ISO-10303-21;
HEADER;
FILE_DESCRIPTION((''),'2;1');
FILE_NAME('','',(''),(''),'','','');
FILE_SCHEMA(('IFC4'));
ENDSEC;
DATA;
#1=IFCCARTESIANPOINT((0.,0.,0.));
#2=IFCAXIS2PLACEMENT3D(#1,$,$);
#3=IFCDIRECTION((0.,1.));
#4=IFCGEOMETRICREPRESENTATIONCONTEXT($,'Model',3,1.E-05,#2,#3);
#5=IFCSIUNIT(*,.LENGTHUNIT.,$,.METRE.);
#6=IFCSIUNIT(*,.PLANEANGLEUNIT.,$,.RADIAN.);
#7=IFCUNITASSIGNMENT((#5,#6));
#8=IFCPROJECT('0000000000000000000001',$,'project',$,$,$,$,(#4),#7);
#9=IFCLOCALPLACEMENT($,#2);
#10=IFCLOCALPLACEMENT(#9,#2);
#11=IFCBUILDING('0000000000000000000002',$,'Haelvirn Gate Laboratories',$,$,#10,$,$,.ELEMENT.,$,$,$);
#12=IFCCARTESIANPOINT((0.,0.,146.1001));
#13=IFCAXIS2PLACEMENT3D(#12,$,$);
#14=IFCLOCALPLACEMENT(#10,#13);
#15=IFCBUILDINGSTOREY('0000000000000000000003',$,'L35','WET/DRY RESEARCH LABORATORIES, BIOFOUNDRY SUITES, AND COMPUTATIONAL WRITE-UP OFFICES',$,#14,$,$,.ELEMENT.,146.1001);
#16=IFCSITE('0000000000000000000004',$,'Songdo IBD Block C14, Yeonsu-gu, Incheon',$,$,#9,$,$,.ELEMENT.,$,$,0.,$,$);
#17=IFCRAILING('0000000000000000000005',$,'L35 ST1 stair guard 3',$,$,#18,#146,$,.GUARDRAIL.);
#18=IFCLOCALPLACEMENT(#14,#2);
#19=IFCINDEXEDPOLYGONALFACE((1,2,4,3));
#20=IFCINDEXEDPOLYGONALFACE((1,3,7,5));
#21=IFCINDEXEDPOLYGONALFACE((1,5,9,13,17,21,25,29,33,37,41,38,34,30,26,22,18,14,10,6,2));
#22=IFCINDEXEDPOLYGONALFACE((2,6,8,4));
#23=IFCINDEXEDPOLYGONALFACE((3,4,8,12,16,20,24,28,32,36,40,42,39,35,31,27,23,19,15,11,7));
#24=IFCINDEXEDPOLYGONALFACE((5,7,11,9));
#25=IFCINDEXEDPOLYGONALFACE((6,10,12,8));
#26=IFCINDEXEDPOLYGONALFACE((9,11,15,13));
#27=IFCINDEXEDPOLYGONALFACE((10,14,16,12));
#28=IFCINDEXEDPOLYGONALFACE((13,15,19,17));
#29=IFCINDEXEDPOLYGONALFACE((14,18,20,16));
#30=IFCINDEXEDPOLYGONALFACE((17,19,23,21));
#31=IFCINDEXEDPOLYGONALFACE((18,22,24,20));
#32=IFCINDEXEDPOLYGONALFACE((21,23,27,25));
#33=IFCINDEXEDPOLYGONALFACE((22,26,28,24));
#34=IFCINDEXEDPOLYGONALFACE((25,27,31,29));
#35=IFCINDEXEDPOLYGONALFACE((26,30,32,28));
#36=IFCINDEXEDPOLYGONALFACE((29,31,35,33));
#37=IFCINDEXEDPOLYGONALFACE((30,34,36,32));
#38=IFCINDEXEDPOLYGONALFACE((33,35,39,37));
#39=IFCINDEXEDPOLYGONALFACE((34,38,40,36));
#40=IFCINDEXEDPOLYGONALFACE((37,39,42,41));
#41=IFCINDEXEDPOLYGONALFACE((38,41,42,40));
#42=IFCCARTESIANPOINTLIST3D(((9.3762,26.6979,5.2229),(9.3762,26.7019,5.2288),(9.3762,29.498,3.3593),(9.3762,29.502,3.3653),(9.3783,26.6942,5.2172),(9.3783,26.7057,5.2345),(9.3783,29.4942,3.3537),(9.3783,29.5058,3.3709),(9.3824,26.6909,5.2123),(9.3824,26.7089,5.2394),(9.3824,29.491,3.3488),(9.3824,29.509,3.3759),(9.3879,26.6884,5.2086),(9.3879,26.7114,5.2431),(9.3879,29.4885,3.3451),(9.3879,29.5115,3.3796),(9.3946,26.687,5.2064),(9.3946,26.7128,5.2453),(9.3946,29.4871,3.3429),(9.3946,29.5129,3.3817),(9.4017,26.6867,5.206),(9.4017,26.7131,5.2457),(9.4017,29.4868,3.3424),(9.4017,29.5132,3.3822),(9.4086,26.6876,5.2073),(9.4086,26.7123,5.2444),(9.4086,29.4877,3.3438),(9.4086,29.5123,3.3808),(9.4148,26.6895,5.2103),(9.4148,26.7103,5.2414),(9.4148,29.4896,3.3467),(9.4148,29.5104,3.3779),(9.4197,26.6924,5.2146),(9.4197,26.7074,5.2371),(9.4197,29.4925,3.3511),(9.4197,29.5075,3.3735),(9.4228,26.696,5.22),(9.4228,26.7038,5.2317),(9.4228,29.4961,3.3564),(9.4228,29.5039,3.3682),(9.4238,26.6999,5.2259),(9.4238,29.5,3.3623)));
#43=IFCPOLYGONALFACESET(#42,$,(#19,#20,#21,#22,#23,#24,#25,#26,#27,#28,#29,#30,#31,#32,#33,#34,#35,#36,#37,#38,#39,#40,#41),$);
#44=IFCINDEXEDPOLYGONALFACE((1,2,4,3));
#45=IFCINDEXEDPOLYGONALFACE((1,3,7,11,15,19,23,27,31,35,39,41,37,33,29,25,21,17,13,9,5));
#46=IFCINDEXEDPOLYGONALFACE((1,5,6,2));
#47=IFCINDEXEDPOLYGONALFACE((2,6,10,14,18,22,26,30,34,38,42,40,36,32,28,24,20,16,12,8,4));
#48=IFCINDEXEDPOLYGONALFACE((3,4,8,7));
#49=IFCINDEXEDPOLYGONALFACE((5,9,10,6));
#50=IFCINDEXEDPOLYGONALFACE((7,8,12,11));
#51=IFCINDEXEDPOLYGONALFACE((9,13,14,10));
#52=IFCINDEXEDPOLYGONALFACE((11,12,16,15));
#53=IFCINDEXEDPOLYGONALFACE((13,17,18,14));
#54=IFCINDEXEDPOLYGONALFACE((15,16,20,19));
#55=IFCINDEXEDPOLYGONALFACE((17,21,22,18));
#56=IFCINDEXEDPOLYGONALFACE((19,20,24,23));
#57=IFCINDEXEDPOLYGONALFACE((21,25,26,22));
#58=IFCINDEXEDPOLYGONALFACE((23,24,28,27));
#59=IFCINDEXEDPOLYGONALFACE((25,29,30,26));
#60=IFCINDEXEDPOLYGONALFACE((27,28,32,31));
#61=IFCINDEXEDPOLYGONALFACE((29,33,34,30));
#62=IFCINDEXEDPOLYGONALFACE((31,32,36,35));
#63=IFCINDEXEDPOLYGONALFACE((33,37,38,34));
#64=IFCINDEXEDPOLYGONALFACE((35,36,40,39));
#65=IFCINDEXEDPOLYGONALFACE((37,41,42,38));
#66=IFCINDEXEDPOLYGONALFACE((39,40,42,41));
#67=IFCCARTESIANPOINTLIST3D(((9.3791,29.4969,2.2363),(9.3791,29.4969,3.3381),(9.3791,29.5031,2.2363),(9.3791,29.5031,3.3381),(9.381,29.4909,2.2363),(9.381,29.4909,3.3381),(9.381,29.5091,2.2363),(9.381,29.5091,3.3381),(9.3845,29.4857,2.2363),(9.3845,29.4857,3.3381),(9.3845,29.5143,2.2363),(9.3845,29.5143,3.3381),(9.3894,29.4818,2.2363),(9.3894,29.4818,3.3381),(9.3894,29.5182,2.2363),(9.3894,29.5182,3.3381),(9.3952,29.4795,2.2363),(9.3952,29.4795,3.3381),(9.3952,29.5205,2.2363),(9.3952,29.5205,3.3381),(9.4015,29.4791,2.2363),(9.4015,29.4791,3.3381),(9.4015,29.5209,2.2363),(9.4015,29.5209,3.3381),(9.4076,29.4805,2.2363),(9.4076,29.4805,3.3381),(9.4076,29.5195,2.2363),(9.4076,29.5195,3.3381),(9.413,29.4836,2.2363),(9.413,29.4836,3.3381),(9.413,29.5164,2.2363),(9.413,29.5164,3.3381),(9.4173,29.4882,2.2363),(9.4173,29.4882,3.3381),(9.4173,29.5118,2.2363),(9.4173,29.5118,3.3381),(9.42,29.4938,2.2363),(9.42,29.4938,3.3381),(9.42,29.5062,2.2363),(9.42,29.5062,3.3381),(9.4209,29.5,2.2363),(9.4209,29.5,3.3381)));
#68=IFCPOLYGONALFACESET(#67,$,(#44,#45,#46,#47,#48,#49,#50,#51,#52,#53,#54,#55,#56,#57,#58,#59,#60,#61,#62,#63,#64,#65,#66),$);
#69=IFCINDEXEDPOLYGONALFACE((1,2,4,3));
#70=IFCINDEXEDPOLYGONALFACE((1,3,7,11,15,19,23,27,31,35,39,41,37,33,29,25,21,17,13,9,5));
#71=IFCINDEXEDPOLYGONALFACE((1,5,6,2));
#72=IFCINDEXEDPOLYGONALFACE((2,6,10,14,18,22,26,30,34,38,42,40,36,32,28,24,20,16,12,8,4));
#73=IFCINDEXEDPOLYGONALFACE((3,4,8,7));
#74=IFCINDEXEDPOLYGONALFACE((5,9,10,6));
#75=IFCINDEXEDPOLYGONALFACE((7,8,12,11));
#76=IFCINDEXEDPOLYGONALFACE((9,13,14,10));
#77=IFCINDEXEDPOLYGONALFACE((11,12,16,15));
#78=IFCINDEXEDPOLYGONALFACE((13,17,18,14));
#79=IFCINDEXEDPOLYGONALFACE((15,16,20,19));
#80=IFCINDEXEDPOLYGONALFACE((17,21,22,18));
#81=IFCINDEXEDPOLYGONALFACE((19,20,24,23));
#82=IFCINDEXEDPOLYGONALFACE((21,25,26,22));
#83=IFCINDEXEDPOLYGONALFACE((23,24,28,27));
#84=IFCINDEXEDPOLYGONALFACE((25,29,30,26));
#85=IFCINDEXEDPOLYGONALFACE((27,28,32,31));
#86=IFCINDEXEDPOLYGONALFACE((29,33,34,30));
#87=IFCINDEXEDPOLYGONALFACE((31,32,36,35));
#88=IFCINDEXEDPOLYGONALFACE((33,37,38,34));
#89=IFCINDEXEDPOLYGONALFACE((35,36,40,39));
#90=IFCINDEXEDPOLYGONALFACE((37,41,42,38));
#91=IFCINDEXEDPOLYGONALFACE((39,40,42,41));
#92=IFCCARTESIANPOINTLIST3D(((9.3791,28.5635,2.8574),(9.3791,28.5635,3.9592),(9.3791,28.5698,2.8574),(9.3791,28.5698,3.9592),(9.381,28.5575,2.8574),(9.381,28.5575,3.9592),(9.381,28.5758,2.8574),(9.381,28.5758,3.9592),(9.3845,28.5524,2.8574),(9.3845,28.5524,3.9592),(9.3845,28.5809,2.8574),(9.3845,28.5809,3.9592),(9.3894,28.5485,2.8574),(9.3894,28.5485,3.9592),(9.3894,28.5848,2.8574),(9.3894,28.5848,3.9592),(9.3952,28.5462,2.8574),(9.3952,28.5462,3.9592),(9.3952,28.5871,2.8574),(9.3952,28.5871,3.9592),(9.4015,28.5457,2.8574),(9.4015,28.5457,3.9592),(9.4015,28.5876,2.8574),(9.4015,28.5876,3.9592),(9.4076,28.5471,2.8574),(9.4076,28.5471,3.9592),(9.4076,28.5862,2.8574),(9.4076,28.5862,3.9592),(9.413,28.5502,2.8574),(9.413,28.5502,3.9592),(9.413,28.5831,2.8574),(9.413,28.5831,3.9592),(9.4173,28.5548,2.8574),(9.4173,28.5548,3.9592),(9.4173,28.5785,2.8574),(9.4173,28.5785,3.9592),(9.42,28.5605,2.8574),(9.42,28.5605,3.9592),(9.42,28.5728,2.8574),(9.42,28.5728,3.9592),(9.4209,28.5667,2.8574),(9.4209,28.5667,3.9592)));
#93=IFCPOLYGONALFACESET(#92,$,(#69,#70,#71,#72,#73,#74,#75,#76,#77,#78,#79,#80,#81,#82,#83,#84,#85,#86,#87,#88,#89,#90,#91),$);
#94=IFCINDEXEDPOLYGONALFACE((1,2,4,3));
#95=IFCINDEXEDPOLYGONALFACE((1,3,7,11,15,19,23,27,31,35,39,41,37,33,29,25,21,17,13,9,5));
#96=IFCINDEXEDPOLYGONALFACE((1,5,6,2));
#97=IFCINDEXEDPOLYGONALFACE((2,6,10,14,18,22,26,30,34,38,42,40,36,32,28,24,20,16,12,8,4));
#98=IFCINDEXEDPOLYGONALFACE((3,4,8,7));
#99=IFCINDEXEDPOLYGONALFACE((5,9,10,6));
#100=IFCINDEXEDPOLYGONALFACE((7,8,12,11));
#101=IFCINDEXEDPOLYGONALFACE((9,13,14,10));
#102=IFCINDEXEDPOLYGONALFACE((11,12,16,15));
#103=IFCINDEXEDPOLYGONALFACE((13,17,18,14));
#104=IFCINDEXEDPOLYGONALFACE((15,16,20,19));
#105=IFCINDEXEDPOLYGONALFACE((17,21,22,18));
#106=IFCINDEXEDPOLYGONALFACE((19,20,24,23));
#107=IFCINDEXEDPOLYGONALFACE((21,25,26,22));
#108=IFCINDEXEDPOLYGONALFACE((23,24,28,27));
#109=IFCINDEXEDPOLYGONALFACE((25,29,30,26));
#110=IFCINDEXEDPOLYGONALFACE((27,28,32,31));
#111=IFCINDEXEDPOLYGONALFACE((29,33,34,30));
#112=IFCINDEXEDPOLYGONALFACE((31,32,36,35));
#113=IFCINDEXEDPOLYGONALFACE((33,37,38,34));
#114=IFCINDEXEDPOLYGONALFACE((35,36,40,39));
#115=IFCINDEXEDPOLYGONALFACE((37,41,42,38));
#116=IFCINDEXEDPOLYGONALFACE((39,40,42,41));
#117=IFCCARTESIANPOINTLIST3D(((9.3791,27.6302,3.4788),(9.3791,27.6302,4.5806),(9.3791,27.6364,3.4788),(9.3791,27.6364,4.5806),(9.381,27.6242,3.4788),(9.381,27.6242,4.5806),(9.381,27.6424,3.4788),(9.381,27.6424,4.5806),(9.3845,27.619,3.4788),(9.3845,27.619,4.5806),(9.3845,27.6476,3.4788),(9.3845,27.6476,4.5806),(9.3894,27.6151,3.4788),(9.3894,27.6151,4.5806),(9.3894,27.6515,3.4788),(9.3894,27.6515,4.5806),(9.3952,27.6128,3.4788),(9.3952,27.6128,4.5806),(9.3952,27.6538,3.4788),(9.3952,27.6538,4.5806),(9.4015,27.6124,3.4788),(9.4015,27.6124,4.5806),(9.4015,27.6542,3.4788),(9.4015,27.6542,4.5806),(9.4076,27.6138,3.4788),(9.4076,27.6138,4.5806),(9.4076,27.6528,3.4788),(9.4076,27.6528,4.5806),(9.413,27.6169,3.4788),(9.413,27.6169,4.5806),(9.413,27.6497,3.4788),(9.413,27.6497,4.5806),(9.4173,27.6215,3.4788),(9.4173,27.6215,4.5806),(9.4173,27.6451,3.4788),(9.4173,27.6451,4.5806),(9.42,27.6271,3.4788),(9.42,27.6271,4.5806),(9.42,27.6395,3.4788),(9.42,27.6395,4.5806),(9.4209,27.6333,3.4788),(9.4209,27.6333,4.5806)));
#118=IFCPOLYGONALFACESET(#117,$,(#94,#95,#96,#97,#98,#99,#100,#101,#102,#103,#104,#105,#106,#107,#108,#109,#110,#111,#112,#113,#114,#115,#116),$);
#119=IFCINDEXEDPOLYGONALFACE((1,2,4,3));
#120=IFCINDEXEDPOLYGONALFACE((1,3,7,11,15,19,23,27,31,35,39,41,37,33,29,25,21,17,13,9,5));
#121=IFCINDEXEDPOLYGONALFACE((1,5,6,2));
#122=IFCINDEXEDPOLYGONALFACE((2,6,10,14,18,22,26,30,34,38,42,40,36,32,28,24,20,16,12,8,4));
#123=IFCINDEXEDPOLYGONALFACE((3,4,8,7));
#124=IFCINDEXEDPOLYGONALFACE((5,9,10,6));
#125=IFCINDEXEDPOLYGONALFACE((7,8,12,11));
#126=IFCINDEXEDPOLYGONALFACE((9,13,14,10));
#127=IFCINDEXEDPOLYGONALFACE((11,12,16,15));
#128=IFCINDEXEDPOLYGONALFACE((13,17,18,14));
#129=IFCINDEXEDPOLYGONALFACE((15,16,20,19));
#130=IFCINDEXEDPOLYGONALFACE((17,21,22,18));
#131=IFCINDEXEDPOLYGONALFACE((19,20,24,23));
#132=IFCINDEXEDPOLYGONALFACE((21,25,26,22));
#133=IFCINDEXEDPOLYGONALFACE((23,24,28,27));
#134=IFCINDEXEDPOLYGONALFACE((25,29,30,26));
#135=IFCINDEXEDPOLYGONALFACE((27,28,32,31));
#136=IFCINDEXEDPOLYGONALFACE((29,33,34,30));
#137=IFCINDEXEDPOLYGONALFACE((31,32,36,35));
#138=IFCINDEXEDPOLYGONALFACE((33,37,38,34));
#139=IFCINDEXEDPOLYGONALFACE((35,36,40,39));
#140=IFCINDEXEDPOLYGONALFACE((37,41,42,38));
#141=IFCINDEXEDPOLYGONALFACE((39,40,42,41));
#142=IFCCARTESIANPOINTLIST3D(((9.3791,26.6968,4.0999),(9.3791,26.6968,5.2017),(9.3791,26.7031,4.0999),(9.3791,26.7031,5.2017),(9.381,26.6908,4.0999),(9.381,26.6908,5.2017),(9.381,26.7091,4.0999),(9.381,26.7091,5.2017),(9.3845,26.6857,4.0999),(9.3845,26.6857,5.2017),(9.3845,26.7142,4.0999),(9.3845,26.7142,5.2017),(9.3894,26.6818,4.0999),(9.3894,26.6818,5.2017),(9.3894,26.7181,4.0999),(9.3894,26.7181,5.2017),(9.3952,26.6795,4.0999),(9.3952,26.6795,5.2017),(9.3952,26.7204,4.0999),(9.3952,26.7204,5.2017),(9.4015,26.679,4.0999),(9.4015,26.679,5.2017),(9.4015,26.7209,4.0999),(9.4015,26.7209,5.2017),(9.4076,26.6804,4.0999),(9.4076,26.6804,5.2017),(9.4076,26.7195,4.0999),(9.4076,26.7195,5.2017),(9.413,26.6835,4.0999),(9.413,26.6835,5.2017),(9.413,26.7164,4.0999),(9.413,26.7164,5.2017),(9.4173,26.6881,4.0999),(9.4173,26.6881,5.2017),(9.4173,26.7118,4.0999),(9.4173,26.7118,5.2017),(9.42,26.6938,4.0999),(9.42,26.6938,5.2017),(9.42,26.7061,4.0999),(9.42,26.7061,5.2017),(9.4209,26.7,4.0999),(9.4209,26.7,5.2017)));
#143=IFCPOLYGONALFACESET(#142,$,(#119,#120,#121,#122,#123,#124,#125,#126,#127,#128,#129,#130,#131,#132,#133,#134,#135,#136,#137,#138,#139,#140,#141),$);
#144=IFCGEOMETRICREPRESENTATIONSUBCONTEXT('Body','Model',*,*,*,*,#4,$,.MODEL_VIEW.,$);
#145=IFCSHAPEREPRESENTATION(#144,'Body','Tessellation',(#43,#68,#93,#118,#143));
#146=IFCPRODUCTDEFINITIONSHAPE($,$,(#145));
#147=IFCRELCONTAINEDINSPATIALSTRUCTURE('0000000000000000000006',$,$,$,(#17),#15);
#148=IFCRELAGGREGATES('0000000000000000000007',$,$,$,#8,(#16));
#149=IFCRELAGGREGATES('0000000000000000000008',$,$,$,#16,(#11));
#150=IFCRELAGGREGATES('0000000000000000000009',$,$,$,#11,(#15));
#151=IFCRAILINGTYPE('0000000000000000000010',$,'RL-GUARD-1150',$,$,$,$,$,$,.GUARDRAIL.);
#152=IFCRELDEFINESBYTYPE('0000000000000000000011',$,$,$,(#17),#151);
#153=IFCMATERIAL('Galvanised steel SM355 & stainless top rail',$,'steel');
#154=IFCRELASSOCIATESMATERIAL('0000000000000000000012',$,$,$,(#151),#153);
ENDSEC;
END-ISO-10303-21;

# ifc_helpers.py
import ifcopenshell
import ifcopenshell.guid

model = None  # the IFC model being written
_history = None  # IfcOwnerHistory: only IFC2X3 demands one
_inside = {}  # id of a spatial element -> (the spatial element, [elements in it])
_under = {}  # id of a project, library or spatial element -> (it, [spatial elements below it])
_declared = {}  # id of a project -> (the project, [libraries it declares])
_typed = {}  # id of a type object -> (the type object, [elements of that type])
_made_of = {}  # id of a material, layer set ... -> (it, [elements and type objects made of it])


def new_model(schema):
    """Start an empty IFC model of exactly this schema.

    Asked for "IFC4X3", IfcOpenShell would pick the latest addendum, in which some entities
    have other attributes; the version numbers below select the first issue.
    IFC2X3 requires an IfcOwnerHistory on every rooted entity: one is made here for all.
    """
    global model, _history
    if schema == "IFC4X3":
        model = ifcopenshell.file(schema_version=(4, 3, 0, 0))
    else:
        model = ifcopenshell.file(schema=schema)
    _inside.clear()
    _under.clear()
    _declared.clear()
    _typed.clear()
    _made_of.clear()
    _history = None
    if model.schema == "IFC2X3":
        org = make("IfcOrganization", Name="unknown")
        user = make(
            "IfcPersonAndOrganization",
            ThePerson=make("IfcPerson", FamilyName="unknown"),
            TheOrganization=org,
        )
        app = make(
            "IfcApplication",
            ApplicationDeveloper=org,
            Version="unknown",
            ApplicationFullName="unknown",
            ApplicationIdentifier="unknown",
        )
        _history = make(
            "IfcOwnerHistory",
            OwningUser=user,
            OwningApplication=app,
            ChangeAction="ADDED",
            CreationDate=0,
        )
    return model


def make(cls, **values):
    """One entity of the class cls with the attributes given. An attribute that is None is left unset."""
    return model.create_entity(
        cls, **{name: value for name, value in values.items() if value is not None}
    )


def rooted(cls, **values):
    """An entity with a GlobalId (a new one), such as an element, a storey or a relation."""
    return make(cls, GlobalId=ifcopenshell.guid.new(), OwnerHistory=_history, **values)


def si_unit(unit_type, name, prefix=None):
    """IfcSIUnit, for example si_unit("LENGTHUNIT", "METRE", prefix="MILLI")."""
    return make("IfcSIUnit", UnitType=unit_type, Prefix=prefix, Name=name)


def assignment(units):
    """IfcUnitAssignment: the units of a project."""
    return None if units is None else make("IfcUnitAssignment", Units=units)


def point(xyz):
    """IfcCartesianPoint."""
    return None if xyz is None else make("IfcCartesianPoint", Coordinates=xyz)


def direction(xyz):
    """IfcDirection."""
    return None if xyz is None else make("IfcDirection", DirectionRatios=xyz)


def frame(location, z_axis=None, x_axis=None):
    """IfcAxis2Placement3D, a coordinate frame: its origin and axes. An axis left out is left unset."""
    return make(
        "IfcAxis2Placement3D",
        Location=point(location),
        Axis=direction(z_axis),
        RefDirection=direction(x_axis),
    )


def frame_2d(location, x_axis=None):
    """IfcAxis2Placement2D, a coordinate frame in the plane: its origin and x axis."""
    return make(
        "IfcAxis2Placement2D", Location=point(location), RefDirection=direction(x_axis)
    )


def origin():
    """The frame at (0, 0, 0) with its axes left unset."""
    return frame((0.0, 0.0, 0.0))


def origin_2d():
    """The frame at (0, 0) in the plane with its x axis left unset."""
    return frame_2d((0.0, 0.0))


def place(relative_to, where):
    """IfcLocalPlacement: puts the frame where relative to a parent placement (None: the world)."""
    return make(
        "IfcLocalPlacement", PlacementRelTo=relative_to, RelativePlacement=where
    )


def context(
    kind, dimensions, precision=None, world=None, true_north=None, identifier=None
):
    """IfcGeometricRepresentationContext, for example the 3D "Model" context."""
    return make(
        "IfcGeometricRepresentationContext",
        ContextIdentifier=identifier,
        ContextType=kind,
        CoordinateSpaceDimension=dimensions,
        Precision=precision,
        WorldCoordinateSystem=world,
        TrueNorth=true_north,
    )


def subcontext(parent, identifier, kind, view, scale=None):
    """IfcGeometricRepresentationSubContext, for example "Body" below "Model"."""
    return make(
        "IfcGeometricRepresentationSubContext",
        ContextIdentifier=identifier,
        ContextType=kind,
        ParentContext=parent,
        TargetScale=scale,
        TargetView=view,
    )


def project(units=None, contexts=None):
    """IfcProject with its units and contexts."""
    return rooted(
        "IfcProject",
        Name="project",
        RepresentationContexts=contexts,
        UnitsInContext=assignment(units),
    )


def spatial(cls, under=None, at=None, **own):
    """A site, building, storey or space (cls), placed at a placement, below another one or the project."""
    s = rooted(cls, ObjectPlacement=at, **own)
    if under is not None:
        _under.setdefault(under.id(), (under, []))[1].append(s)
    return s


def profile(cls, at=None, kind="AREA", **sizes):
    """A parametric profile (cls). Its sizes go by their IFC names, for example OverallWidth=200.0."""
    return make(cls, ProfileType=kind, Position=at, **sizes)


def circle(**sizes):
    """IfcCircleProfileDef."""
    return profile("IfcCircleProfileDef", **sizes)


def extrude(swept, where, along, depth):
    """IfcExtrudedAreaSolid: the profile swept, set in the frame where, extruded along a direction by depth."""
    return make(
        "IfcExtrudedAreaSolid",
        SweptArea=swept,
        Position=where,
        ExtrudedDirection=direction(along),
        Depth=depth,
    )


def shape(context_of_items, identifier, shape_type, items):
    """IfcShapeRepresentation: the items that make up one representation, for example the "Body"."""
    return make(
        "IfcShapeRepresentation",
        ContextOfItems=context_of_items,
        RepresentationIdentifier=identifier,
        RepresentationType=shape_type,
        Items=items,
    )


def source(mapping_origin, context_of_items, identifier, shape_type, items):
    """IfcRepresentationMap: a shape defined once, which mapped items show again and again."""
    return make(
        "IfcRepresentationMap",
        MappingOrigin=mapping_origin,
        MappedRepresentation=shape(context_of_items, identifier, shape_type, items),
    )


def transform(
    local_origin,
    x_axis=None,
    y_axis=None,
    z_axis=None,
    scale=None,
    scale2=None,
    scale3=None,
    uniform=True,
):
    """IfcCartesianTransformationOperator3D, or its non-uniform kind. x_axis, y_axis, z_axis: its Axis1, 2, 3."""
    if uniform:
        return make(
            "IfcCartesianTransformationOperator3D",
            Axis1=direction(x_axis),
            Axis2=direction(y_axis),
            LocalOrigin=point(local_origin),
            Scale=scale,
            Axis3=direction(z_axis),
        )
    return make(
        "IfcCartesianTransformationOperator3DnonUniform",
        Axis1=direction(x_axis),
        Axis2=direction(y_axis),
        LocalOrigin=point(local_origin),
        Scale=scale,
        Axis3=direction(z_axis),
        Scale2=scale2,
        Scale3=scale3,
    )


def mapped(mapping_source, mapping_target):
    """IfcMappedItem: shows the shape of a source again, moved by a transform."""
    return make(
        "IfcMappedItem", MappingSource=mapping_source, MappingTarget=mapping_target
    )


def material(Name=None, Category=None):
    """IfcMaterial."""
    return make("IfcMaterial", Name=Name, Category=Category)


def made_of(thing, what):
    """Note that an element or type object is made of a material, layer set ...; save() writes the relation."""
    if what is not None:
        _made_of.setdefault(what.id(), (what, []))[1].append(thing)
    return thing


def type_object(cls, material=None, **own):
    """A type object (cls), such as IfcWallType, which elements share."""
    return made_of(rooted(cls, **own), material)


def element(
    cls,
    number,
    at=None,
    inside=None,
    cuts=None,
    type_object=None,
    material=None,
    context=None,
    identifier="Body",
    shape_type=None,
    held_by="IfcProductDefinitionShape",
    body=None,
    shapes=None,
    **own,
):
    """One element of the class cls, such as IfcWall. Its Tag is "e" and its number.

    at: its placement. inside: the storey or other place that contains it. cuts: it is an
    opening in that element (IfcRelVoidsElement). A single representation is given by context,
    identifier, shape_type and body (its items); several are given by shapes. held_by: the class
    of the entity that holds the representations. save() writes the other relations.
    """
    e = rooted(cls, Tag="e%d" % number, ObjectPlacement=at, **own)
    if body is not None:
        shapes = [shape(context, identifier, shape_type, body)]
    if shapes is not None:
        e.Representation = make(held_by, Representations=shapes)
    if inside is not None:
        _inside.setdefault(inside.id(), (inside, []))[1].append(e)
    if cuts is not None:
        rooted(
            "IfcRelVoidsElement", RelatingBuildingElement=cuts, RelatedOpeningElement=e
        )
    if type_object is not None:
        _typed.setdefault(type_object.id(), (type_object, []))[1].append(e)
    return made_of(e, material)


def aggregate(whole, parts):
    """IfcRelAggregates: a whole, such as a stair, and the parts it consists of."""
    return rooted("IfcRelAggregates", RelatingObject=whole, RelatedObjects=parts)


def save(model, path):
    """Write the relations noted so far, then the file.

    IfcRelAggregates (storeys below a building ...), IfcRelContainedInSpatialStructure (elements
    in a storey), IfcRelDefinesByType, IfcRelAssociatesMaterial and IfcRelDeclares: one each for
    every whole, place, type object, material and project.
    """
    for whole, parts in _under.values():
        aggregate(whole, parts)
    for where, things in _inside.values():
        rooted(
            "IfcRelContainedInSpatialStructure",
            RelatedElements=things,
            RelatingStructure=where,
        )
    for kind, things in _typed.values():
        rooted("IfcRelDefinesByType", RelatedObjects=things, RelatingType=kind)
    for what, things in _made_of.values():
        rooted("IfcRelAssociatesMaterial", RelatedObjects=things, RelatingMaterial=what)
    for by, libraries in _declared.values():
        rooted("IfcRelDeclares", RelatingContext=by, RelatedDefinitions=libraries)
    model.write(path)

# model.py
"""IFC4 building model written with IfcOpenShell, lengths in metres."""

from ifc_helpers import new_model, si_unit, direction, frame, origin, origin_2d, place, context, subcontext, project, spatial, circle, extrude, source, transform, mapped, material, type_object, element, save


model = new_model("IFC4")

# Units and contexts
model_context = context("Model", 3, precision=1e-05, world=origin(), true_north=direction((0.0, 1.0)))
body_context = subcontext(model_context, "Body", "Model", "MODEL_VIEW")
ifc_project = project(units=[si_unit("LENGTHUNIT", "METRE"), si_unit("PLANEANGLEUNIT", "RADIAN")], contexts=[model_context])

# Site, building, storey
site_placement = place(None, origin())
site = spatial("IfcSite", under=ifc_project, at=site_placement, Name="Songdo IBD Block C14, Yeonsu-gu, Incheon", CompositionType="ELEMENT", RefElevation=0.0)
building_placement = place(site_placement, origin())
building = spatial("IfcBuilding", under=site, at=building_placement, Name="Haelvirn Gate Laboratories", CompositionType="ELEMENT")
storey_placement = place(building_placement, frame((0.0, 0.0, 146.1001)))
storey = spatial("IfcBuildingStorey", under=building, at=storey_placement, Name="L35", Description="WET/DRY RESEARCH LABORATORIES, BIOFOUNDRY SUITES, AND COMPUTATIONAL WRITE-UP OFFICES", CompositionType="ELEMENT", Elevation=146.1001)

# Railing
ifc_material_1 = material(Name="Galvanised steel SM355 & stainless top rail", Category="steel")
railing_type_1 = type_object("IfcRailingType", Name="RL-GUARD-1150", PredefinedType="GUARDRAIL", material=ifc_material_1)
shared_shape_1 = source(origin(), body_context, "Body", "SweptSolid", [
    extrude(circle(Radius=0.0239, at=origin_2d()), frame((0.0, 0.0, 1.126), z_axis=(0.0, -0.832486, 0.554047), x_axis=(1.0, 0.0, 0.0)), (0.0, 0.0, 1.0), 3.3635),
    extrude(circle(Radius=0.021, at=origin_2d()), origin(), (0.0, 0.0, 1.0), 1.1018),
    extrude(circle(Radius=0.021, at=origin_2d()), frame((0.0, -0.9333, 0.6211)), (0.0, 0.0, 1.0), 1.1018),
    extrude(circle(Radius=0.021, at=origin_2d()), frame((0.0, -1.8667, 1.2424)), (0.0, 0.0, 1.0), 1.1018),
    extrude(circle(Radius=0.021, at=origin_2d()), frame((0.0, -2.8, 1.8635)), (0.0, 0.0, 1.0), 1.1018),
])
railing_1_placement = place(storey_placement, frame((9.3999, 29.5, 2.2363)))
element("IfcRailing", 1, at=railing_1_placement, inside=storey, type_object=railing_type_1, Name="L35 ST1 stair guard 3", PredefinedType="GUARDRAIL", context=body_context, shape_type="MappedRepresentation", body=[
    mapped(shared_shape_1, transform((0.0, 0.0, 0.0), scale=1.0)),
])

save(model, "model.ifc")
